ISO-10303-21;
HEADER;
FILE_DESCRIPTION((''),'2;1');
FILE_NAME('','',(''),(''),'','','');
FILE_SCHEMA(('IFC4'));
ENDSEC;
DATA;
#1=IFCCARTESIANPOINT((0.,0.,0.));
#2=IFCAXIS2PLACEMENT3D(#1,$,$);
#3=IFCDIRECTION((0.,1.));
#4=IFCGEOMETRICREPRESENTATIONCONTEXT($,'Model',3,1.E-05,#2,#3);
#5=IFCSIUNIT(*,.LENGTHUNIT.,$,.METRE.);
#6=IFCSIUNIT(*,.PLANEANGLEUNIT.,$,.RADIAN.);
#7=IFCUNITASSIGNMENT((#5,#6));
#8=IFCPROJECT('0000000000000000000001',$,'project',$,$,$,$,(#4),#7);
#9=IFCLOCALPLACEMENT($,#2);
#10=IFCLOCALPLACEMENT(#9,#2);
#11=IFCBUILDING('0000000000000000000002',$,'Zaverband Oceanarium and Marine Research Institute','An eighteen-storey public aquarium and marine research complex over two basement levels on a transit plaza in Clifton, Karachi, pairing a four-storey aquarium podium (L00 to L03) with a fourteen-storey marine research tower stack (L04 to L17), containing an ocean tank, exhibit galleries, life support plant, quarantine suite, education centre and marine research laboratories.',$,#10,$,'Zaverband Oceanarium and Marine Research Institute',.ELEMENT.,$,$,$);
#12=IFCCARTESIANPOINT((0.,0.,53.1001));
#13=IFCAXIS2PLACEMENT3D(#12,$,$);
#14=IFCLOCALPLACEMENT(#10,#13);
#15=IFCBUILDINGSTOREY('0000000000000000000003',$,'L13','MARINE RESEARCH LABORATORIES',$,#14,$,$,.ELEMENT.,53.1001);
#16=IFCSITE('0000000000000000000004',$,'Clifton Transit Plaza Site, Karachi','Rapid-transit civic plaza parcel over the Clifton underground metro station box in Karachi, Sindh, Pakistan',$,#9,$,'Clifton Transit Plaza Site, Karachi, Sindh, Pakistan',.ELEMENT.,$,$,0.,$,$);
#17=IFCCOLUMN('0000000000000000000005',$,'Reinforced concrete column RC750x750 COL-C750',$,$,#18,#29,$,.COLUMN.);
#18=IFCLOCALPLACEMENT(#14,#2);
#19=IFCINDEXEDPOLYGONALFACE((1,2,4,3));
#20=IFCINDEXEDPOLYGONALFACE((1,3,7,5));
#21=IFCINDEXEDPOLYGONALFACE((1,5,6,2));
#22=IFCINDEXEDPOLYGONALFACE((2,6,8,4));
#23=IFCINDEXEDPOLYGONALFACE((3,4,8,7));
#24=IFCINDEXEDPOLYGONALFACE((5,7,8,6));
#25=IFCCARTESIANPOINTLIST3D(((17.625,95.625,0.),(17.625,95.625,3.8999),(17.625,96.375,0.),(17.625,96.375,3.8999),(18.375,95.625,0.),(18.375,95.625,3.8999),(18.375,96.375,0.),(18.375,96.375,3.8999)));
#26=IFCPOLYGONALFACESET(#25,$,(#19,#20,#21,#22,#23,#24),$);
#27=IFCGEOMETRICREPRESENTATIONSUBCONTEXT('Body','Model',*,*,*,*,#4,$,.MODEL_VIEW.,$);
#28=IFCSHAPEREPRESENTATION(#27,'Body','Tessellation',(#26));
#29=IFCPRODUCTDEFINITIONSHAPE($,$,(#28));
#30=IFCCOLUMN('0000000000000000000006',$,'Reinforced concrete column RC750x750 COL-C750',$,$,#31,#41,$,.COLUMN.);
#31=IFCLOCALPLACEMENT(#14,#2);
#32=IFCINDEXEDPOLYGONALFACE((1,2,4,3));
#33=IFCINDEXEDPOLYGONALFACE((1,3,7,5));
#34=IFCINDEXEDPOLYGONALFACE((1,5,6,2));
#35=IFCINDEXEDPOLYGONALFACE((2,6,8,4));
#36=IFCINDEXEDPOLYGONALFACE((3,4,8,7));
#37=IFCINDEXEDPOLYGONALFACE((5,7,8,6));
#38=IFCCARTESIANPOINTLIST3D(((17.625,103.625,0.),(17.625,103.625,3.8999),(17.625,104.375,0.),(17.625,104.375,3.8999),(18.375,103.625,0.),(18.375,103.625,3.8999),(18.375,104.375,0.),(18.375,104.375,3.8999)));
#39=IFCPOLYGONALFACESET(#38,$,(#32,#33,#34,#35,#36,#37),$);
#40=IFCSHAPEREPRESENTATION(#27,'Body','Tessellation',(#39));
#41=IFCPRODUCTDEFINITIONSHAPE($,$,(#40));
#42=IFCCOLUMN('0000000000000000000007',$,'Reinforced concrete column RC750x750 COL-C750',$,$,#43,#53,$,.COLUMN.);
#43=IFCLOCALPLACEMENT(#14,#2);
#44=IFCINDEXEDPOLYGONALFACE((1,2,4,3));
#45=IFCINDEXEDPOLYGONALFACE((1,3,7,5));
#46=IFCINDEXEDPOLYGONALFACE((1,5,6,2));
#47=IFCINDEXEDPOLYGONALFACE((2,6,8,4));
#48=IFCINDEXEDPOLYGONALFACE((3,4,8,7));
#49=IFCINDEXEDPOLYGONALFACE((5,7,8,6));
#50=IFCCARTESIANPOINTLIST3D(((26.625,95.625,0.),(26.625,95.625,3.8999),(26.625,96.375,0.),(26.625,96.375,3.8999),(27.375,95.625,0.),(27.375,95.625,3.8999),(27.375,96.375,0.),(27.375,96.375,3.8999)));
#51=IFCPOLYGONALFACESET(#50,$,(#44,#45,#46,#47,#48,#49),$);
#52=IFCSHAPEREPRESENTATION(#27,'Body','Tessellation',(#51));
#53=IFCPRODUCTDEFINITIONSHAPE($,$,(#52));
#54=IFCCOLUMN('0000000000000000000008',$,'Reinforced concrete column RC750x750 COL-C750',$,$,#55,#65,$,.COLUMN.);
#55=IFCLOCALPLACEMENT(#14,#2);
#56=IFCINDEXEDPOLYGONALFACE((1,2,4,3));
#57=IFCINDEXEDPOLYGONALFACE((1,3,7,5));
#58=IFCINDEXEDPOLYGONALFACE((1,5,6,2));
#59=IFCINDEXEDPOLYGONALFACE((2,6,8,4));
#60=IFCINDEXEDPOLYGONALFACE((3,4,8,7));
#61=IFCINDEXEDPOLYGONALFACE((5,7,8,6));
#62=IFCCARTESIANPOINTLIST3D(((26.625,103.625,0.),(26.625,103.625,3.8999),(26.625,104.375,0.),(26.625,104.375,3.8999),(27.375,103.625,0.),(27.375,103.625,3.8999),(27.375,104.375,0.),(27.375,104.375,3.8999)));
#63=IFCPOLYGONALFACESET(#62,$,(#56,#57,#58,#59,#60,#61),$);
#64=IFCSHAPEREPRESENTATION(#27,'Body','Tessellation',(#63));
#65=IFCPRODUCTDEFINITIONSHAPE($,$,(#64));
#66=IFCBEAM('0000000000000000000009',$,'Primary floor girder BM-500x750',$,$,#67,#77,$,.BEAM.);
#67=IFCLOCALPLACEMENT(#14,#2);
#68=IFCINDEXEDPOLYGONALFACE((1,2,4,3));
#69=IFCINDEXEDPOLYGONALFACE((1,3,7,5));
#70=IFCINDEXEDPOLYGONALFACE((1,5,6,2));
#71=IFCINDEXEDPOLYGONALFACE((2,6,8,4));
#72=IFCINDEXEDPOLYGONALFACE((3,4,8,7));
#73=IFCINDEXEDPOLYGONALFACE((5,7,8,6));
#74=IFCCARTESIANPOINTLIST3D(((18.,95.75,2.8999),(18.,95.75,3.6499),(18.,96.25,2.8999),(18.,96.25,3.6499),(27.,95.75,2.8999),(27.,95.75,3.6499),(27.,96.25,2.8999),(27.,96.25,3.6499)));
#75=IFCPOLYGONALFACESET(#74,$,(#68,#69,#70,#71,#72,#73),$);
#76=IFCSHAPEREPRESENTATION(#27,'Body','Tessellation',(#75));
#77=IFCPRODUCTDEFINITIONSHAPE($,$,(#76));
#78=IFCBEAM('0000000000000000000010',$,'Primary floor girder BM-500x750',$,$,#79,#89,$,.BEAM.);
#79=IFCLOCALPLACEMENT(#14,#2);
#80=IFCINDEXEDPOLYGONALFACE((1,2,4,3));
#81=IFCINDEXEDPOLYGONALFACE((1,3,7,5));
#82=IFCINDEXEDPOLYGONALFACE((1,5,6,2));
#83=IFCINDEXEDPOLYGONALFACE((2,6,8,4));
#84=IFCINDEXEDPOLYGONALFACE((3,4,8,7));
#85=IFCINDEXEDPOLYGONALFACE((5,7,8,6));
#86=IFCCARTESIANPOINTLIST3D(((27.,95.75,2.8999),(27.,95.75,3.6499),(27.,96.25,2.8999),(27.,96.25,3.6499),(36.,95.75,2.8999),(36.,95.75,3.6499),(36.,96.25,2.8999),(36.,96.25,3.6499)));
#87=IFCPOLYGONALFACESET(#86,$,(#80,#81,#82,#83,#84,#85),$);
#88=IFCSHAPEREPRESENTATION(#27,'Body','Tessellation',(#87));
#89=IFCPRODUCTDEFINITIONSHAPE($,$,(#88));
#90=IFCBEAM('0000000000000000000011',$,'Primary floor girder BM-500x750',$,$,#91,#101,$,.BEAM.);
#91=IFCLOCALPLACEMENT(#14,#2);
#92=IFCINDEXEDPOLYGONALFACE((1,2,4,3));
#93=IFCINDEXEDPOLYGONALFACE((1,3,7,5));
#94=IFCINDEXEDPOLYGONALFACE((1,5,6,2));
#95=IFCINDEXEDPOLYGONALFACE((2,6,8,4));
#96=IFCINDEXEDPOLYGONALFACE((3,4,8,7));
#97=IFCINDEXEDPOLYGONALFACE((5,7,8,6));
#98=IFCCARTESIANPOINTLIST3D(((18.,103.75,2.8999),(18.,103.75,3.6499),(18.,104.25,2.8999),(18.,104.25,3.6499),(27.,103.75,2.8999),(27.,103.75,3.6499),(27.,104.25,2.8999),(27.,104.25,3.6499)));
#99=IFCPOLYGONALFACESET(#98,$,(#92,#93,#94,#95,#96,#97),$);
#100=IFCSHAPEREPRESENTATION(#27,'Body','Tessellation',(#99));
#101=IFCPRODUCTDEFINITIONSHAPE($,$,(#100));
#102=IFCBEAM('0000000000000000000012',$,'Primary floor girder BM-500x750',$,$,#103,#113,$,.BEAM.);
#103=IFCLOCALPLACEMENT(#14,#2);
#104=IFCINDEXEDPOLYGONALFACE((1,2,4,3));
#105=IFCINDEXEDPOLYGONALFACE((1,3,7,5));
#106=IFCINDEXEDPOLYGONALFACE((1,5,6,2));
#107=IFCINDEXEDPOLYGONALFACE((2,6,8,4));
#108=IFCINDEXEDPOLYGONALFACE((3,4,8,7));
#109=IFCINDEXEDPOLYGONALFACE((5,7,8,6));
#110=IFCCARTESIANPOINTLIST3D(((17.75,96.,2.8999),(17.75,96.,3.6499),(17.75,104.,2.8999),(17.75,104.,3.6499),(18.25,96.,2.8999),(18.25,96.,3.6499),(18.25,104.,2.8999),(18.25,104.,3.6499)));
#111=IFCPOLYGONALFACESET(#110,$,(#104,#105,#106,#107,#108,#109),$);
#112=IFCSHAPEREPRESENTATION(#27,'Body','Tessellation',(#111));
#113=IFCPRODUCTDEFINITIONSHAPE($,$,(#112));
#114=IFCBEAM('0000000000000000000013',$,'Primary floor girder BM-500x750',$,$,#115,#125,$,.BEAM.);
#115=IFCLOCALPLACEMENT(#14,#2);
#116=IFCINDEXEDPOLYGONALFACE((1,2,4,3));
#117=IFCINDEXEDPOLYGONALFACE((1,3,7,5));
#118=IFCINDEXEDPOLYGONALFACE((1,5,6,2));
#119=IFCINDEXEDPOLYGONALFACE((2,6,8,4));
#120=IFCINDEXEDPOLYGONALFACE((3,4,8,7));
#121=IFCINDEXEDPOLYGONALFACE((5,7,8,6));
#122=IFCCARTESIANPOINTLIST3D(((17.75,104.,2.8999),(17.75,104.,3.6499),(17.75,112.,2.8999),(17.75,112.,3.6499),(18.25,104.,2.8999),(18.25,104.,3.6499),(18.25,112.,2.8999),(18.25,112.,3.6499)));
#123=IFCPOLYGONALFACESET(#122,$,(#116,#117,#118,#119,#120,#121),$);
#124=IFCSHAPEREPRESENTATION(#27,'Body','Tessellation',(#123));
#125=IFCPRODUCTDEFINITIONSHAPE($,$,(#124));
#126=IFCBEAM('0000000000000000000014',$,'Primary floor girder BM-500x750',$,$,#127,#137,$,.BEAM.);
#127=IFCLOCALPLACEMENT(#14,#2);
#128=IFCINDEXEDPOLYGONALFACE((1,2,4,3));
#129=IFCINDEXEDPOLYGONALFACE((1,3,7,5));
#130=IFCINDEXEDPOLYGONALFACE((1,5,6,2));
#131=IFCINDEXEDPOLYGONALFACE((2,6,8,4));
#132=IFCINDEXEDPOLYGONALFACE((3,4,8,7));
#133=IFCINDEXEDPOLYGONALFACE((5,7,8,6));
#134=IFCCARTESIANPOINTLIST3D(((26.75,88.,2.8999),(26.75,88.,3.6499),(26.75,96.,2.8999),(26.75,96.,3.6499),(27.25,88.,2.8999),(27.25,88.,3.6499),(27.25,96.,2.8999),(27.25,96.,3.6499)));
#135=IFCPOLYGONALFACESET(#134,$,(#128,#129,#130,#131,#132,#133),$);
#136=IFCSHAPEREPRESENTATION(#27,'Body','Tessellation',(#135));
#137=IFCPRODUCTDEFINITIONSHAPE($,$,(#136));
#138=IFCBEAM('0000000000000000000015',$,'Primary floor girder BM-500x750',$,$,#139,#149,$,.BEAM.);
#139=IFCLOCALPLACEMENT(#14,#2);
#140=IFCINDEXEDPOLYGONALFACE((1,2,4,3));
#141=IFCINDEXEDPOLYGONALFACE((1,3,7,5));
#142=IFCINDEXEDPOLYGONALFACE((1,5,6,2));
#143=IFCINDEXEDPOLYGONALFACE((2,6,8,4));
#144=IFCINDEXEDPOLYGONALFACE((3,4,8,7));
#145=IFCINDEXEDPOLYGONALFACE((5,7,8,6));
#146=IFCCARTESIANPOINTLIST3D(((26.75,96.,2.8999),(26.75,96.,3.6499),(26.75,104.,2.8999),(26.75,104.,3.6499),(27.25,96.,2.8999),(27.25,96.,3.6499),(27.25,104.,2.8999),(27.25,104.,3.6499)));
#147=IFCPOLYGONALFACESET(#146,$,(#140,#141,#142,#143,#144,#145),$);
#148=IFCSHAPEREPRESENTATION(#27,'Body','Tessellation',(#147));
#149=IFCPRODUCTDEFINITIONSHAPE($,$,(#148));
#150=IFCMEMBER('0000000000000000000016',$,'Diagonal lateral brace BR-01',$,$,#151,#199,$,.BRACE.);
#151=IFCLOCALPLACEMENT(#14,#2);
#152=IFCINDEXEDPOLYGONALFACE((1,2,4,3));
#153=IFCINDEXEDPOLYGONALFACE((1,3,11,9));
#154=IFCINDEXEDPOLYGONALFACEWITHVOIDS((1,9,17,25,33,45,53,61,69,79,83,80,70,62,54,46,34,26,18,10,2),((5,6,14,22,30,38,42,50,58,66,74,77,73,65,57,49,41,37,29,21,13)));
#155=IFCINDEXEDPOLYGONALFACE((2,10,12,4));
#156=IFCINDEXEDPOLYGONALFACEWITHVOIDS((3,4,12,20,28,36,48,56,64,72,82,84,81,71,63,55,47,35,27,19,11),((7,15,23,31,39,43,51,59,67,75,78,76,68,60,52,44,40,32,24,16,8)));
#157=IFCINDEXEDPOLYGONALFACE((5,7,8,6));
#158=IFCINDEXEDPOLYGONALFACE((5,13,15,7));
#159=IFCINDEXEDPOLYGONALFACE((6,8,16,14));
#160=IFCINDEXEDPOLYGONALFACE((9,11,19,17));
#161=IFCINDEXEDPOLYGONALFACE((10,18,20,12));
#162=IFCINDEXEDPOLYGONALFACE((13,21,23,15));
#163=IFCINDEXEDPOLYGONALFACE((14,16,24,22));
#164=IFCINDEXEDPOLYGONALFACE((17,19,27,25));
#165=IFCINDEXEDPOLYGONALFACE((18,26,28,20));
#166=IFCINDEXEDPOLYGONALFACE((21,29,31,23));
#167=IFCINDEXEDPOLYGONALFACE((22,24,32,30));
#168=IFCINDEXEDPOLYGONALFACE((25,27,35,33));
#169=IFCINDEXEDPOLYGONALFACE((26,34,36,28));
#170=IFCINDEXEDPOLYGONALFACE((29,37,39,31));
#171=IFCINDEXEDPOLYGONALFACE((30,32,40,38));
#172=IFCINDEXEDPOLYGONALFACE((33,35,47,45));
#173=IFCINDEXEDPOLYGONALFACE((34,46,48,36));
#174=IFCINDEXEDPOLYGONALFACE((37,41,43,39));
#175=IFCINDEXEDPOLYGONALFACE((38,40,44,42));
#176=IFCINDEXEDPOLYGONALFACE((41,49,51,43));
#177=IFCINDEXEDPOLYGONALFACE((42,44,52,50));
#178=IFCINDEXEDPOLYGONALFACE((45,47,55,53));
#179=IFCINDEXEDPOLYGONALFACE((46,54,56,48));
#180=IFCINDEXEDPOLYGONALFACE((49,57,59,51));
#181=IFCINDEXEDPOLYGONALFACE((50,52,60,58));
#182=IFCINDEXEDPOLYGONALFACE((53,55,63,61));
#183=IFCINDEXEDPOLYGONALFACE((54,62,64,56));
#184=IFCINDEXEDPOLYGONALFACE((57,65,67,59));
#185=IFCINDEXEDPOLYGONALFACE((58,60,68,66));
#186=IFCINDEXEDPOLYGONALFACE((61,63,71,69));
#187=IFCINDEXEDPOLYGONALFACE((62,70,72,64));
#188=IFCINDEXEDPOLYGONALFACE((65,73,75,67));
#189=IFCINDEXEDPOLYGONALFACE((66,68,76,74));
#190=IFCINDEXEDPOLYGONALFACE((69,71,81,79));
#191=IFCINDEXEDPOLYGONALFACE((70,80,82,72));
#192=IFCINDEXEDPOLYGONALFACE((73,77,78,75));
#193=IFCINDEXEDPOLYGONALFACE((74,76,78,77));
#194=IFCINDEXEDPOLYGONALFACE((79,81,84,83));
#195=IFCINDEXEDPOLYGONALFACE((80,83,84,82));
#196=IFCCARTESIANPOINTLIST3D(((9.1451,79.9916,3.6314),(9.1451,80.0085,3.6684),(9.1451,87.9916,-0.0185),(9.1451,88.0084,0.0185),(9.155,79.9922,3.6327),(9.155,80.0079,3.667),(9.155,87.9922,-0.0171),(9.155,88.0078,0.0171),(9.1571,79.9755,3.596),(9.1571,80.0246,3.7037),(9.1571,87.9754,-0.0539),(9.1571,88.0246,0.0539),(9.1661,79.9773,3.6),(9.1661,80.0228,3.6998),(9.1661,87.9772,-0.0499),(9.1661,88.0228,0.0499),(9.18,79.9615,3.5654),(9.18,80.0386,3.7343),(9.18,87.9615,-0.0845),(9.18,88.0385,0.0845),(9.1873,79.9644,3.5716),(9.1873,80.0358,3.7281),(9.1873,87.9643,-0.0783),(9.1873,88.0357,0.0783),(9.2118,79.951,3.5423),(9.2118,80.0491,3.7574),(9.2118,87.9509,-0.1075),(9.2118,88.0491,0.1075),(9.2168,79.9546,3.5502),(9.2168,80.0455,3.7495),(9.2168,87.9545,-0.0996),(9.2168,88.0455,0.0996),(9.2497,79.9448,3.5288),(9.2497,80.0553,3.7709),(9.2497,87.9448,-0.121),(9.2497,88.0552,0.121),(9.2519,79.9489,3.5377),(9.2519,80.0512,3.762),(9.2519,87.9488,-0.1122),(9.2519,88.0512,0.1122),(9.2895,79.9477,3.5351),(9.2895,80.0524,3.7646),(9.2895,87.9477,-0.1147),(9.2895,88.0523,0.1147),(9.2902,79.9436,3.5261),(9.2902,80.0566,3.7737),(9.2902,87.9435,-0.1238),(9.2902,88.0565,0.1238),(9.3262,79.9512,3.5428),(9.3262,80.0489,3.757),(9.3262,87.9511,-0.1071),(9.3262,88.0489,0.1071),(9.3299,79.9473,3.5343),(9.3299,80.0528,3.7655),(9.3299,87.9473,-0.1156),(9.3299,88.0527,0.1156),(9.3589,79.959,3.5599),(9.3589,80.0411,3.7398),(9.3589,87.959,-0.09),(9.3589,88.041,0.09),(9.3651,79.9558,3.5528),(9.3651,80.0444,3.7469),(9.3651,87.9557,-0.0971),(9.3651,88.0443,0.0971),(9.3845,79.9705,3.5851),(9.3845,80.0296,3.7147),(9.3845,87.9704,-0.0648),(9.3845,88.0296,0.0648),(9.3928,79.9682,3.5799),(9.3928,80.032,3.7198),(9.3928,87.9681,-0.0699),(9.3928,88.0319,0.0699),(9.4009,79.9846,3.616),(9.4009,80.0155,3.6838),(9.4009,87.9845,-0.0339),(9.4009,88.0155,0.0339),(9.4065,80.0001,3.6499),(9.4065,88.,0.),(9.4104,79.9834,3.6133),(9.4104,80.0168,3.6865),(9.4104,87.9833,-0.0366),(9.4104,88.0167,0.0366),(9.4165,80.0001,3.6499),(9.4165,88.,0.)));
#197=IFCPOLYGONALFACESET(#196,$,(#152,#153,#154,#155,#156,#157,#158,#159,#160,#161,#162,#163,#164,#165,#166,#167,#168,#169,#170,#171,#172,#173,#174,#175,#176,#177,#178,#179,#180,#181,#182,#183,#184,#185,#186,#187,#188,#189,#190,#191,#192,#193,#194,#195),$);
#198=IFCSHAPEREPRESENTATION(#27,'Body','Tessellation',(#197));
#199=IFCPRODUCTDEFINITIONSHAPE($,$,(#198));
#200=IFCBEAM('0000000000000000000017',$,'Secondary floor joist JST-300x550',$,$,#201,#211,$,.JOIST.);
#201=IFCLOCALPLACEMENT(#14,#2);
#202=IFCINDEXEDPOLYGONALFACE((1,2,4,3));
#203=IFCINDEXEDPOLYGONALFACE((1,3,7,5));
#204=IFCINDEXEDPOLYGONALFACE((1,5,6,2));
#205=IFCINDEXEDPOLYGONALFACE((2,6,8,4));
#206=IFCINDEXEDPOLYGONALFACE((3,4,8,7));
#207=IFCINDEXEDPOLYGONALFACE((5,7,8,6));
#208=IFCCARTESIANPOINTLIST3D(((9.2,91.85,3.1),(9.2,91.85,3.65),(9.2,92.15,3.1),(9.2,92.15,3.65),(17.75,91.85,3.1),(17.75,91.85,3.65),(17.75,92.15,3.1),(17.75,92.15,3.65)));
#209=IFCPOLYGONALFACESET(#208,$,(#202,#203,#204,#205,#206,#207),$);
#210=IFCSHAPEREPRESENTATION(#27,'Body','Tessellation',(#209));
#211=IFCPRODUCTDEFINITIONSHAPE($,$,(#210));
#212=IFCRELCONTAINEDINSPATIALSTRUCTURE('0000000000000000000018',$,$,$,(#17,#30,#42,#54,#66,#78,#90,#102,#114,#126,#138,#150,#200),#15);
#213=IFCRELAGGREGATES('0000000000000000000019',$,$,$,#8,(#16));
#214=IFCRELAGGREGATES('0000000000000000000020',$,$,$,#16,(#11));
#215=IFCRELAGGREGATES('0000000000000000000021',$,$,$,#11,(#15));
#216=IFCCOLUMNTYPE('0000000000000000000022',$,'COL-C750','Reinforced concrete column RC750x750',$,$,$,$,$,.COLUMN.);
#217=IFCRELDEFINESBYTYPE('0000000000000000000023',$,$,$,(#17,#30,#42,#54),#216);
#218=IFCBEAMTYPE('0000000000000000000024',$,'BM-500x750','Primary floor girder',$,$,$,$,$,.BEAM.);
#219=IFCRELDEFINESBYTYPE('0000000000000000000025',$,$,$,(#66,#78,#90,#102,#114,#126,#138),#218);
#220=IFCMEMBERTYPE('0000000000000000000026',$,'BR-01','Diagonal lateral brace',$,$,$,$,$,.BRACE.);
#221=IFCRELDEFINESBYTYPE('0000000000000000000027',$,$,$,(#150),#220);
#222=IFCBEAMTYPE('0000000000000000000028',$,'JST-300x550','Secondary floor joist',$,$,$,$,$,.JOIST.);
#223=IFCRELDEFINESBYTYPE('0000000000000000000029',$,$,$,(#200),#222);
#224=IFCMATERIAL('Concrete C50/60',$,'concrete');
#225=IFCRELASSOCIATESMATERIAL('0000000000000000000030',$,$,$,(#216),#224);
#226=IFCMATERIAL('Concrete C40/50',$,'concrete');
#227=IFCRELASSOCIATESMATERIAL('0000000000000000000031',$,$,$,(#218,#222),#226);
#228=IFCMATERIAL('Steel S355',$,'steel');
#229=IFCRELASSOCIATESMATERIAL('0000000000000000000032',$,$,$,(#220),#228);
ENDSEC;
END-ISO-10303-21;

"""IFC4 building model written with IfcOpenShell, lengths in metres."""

from ifc_helpers import new_model, si_unit, direction, frame, origin, origin_2d, place, context, subcontext, project, spatial, rectangle, hollow_circle, extrude, material, material_profile, profile_set, type_object, element, save


model = new_model("IFC4")

# Units and contexts
model_context = context("Model", 3, precision=1e-05, world=origin(), true_north=direction((0.0, 1.0)))
body_context = subcontext(model_context, "Body", "Model", "MODEL_VIEW")
ifc_project = project(units=[si_unit("LENGTHUNIT", "METRE"), si_unit("PLANEANGLEUNIT", "RADIAN")], contexts=[model_context])

# Site, building, storey
site_placement = place(None, origin())
site = spatial("IfcSite", under=ifc_project, at=site_placement, Name="Clifton Transit Plaza Site, Karachi", Description="Rapid-transit civic plaza parcel over the Clifton underground metro station box in Karachi, Sindh, Pakistan", LongName="Clifton Transit Plaza Site, Karachi, Sindh, Pakistan", CompositionType="ELEMENT", RefElevation=0.0)
building_placement = place(site_placement, origin())
building = spatial("IfcBuilding", under=site, at=building_placement, Name="Zaverband Oceanarium and Marine Research Institute", Description="An eighteen-storey public aquarium and marine research complex over two basement levels on a transit plaza in Clifton, Karachi, pairing a four-storey aquarium podium (L00 to L03) with a fourteen-storey marine research tower stack (L04 to L17), containing an ocean tank, exhibit galleries, life support plant, quarantine suite, education centre and marine research laboratories.", LongName="Zaverband Oceanarium and Marine Research Institute", CompositionType="ELEMENT")
storey_placement = place(building_placement, frame((0.0, 0.0, 53.1001)))
storey = spatial("IfcBuildingStorey", under=building, at=storey_placement, Name="L13", Description="MARINE RESEARCH LABORATORIES", CompositionType="ELEMENT", Elevation=53.1001)

# Columns
ifc_material_1 = material(Name="Concrete C50/60", Category="concrete")
ifc_material_profile_1 = material_profile(ifc_material_1, rectangle(XDim=0.75, YDim=0.75, at=origin_2d()), Name="RC750x750")
ifc_profile_set_1 = profile_set([ifc_material_profile_1], Name="Concrete C50/60")
column_type = type_object("IfcColumnType", Name="COL-C750", Description="Reinforced concrete column RC750x750", PredefinedType="COLUMN", material=ifc_profile_set_1)
for number, where, z_axis, x_axis, name in (
    (1, (18.0, 96.0, 0.0), (0.0, 0.0, 1.0), (1.0, 0.0, 0.0), "Reinforced concrete column RC750x750 COL-C750"),
    (2, (18.0, 104.0, 0.0), (0.0, 0.0, 1.0), (1.0, 0.0, 0.0), "Reinforced concrete column RC750x750 COL-C750"),
    (3, (27.0, 96.0, 0.0), (0.0, 0.0, 1.0), (1.0, 0.0, 0.0), "Reinforced concrete column RC750x750 COL-C750"),
    (4, (27.0, 104.0, 0.0), (0.0, 0.0, 1.0), (1.0, 0.0, 0.0), "Reinforced concrete column RC750x750 COL-C750"),
):
    element("IfcColumn", number, at=place(storey_placement, frame(where, z_axis=z_axis, x_axis=x_axis)), inside=storey, type_object=column_type, Name=name, PredefinedType="COLUMN", context=body_context, shape_type="SweptSolid", body=[
        extrude(rectangle(XDim=0.75, YDim=0.75, at=origin_2d()), origin(), (0.0, 0.0, 1.0), 3.8999),
    ])

# Beams
ifc_material_2 = material(Name="Concrete C40/50", Category="concrete")
ifc_material_profile_2 = material_profile(ifc_material_2, rectangle(XDim=0.5, YDim=0.75, at=origin_2d()), Name="RC500x750")
ifc_profile_set_2 = profile_set([ifc_material_profile_2], Name="Concrete C40/50")
beam_type_1 = type_object("IfcBeamType", Name="BM-500x750", Description="Primary floor girder", PredefinedType="BEAM", material=ifc_profile_set_2)
for number, where, z_axis, x_axis, name in (
    (5, (18.0, 96.0, 3.2749), (1.0, 0.0, 0.0), (0.0, 1.0, 0.0), "Primary floor girder BM-500x750"),
    (6, (27.0, 96.0, 3.2749), (1.0, 0.0, 0.0), (0.0, 1.0, 0.0), "Primary floor girder BM-500x750"),
    (7, (18.0, 104.0, 3.2749), (1.0, 0.0, 0.0), (0.0, 1.0, 0.0), "Primary floor girder BM-500x750"),
):
    element("IfcBeam", number, at=place(storey_placement, frame(where, z_axis=z_axis, x_axis=x_axis)), inside=storey, type_object=beam_type_1, Name=name, PredefinedType="BEAM", context=body_context, shape_type="SweptSolid", body=[
        extrude(rectangle(XDim=0.5, YDim=0.75, at=origin_2d()), origin(), (0.0, 0.0, 1.0), 9.0),
    ])
for number, where, z_axis, x_axis, name in (
    (8, (18.0, 96.0, 3.2749), (0.0, 1.0, 0.0), (-1.0, 0.0, 0.0), "Primary floor girder BM-500x750"),
    (9, (18.0, 104.0, 3.2749), (0.0, 1.0, 0.0), (-1.0, 0.0, 0.0), "Primary floor girder BM-500x750"),
    (10, (27.0, 88.0, 3.2749), (0.0, 1.0, 0.0), (-1.0, 0.0, 0.0), "Primary floor girder BM-500x750"),
    (11, (27.0, 96.0, 3.2749), (0.0, 1.0, 0.0), (-1.0, 0.0, 0.0), "Primary floor girder BM-500x750"),
):
    element("IfcBeam", number, at=place(storey_placement, frame(where, z_axis=z_axis, x_axis=x_axis)), inside=storey, type_object=beam_type_1, Name=name, PredefinedType="BEAM", context=body_context, shape_type="SweptSolid", body=[
        extrude(rectangle(XDim=0.5, YDim=0.75, at=origin_2d()), origin(), (0.0, 0.0, 1.0), 8.0),
    ])

# Member
ifc_material_3 = material(Name="Steel S355", Category="steel")
ifc_material_profile_3 = material_profile(ifc_material_3, hollow_circle(Radius=0.1365, WallThickness=0.01, at=origin_2d()), Name="CHS273x10")
ifc_profile_set_3 = profile_set([ifc_material_profile_3], Name="Steel S355")
member_type = type_object("IfcMemberType", Name="BR-01", Description="Diagonal lateral brace", PredefinedType="BRACE", material=ifc_profile_set_3)
member_placement = place(storey_placement, frame((9.28, 88.0, 0.0), z_axis=(0.0, -0.909786, 0.415079), x_axis=(1.0, 0.0, 0.0)))
element("IfcMember", 12, at=member_placement, inside=storey, type_object=member_type, Name="Diagonal lateral brace BR-01", PredefinedType="BRACE", context=body_context, shape_type="SweptSolid", body=[
    extrude(hollow_circle(Radius=0.1365, WallThickness=0.01, at=origin_2d()), origin(), (0.0, 0.0, 1.0), 8.7932),
])

# Beam
ifc_material_profile_4 = material_profile(ifc_material_2, rectangle(XDim=0.3, YDim=0.55, at=origin_2d()), Name="RC300x550")
ifc_profile_set_4 = profile_set([ifc_material_profile_4], Name="Concrete C40/50")
beam_type_2 = type_object("IfcBeamType", Name="JST-300x550", Description="Secondary floor joist", PredefinedType="JOIST", material=ifc_profile_set_4)
for number, where, z_axis, x_axis, name in (
    (13, (9.2, 92.0, 3.375), (1.0, 0.0, 0.0), (0.0, 1.0, 0.0), "Secondary floor joist JST-300x550"),
):
    element("IfcBeam", number, at=place(storey_placement, frame(where, z_axis=z_axis, x_axis=x_axis)), inside=storey, type_object=beam_type_2, Name=name, PredefinedType="JOIST", context=body_context, shape_type="SweptSolid", body=[
        extrude(rectangle(XDim=0.3, YDim=0.55, at=origin_2d()), origin(), (0.0, 0.0, 1.0), 8.55),
    ])

save(model, "model.ifc")
